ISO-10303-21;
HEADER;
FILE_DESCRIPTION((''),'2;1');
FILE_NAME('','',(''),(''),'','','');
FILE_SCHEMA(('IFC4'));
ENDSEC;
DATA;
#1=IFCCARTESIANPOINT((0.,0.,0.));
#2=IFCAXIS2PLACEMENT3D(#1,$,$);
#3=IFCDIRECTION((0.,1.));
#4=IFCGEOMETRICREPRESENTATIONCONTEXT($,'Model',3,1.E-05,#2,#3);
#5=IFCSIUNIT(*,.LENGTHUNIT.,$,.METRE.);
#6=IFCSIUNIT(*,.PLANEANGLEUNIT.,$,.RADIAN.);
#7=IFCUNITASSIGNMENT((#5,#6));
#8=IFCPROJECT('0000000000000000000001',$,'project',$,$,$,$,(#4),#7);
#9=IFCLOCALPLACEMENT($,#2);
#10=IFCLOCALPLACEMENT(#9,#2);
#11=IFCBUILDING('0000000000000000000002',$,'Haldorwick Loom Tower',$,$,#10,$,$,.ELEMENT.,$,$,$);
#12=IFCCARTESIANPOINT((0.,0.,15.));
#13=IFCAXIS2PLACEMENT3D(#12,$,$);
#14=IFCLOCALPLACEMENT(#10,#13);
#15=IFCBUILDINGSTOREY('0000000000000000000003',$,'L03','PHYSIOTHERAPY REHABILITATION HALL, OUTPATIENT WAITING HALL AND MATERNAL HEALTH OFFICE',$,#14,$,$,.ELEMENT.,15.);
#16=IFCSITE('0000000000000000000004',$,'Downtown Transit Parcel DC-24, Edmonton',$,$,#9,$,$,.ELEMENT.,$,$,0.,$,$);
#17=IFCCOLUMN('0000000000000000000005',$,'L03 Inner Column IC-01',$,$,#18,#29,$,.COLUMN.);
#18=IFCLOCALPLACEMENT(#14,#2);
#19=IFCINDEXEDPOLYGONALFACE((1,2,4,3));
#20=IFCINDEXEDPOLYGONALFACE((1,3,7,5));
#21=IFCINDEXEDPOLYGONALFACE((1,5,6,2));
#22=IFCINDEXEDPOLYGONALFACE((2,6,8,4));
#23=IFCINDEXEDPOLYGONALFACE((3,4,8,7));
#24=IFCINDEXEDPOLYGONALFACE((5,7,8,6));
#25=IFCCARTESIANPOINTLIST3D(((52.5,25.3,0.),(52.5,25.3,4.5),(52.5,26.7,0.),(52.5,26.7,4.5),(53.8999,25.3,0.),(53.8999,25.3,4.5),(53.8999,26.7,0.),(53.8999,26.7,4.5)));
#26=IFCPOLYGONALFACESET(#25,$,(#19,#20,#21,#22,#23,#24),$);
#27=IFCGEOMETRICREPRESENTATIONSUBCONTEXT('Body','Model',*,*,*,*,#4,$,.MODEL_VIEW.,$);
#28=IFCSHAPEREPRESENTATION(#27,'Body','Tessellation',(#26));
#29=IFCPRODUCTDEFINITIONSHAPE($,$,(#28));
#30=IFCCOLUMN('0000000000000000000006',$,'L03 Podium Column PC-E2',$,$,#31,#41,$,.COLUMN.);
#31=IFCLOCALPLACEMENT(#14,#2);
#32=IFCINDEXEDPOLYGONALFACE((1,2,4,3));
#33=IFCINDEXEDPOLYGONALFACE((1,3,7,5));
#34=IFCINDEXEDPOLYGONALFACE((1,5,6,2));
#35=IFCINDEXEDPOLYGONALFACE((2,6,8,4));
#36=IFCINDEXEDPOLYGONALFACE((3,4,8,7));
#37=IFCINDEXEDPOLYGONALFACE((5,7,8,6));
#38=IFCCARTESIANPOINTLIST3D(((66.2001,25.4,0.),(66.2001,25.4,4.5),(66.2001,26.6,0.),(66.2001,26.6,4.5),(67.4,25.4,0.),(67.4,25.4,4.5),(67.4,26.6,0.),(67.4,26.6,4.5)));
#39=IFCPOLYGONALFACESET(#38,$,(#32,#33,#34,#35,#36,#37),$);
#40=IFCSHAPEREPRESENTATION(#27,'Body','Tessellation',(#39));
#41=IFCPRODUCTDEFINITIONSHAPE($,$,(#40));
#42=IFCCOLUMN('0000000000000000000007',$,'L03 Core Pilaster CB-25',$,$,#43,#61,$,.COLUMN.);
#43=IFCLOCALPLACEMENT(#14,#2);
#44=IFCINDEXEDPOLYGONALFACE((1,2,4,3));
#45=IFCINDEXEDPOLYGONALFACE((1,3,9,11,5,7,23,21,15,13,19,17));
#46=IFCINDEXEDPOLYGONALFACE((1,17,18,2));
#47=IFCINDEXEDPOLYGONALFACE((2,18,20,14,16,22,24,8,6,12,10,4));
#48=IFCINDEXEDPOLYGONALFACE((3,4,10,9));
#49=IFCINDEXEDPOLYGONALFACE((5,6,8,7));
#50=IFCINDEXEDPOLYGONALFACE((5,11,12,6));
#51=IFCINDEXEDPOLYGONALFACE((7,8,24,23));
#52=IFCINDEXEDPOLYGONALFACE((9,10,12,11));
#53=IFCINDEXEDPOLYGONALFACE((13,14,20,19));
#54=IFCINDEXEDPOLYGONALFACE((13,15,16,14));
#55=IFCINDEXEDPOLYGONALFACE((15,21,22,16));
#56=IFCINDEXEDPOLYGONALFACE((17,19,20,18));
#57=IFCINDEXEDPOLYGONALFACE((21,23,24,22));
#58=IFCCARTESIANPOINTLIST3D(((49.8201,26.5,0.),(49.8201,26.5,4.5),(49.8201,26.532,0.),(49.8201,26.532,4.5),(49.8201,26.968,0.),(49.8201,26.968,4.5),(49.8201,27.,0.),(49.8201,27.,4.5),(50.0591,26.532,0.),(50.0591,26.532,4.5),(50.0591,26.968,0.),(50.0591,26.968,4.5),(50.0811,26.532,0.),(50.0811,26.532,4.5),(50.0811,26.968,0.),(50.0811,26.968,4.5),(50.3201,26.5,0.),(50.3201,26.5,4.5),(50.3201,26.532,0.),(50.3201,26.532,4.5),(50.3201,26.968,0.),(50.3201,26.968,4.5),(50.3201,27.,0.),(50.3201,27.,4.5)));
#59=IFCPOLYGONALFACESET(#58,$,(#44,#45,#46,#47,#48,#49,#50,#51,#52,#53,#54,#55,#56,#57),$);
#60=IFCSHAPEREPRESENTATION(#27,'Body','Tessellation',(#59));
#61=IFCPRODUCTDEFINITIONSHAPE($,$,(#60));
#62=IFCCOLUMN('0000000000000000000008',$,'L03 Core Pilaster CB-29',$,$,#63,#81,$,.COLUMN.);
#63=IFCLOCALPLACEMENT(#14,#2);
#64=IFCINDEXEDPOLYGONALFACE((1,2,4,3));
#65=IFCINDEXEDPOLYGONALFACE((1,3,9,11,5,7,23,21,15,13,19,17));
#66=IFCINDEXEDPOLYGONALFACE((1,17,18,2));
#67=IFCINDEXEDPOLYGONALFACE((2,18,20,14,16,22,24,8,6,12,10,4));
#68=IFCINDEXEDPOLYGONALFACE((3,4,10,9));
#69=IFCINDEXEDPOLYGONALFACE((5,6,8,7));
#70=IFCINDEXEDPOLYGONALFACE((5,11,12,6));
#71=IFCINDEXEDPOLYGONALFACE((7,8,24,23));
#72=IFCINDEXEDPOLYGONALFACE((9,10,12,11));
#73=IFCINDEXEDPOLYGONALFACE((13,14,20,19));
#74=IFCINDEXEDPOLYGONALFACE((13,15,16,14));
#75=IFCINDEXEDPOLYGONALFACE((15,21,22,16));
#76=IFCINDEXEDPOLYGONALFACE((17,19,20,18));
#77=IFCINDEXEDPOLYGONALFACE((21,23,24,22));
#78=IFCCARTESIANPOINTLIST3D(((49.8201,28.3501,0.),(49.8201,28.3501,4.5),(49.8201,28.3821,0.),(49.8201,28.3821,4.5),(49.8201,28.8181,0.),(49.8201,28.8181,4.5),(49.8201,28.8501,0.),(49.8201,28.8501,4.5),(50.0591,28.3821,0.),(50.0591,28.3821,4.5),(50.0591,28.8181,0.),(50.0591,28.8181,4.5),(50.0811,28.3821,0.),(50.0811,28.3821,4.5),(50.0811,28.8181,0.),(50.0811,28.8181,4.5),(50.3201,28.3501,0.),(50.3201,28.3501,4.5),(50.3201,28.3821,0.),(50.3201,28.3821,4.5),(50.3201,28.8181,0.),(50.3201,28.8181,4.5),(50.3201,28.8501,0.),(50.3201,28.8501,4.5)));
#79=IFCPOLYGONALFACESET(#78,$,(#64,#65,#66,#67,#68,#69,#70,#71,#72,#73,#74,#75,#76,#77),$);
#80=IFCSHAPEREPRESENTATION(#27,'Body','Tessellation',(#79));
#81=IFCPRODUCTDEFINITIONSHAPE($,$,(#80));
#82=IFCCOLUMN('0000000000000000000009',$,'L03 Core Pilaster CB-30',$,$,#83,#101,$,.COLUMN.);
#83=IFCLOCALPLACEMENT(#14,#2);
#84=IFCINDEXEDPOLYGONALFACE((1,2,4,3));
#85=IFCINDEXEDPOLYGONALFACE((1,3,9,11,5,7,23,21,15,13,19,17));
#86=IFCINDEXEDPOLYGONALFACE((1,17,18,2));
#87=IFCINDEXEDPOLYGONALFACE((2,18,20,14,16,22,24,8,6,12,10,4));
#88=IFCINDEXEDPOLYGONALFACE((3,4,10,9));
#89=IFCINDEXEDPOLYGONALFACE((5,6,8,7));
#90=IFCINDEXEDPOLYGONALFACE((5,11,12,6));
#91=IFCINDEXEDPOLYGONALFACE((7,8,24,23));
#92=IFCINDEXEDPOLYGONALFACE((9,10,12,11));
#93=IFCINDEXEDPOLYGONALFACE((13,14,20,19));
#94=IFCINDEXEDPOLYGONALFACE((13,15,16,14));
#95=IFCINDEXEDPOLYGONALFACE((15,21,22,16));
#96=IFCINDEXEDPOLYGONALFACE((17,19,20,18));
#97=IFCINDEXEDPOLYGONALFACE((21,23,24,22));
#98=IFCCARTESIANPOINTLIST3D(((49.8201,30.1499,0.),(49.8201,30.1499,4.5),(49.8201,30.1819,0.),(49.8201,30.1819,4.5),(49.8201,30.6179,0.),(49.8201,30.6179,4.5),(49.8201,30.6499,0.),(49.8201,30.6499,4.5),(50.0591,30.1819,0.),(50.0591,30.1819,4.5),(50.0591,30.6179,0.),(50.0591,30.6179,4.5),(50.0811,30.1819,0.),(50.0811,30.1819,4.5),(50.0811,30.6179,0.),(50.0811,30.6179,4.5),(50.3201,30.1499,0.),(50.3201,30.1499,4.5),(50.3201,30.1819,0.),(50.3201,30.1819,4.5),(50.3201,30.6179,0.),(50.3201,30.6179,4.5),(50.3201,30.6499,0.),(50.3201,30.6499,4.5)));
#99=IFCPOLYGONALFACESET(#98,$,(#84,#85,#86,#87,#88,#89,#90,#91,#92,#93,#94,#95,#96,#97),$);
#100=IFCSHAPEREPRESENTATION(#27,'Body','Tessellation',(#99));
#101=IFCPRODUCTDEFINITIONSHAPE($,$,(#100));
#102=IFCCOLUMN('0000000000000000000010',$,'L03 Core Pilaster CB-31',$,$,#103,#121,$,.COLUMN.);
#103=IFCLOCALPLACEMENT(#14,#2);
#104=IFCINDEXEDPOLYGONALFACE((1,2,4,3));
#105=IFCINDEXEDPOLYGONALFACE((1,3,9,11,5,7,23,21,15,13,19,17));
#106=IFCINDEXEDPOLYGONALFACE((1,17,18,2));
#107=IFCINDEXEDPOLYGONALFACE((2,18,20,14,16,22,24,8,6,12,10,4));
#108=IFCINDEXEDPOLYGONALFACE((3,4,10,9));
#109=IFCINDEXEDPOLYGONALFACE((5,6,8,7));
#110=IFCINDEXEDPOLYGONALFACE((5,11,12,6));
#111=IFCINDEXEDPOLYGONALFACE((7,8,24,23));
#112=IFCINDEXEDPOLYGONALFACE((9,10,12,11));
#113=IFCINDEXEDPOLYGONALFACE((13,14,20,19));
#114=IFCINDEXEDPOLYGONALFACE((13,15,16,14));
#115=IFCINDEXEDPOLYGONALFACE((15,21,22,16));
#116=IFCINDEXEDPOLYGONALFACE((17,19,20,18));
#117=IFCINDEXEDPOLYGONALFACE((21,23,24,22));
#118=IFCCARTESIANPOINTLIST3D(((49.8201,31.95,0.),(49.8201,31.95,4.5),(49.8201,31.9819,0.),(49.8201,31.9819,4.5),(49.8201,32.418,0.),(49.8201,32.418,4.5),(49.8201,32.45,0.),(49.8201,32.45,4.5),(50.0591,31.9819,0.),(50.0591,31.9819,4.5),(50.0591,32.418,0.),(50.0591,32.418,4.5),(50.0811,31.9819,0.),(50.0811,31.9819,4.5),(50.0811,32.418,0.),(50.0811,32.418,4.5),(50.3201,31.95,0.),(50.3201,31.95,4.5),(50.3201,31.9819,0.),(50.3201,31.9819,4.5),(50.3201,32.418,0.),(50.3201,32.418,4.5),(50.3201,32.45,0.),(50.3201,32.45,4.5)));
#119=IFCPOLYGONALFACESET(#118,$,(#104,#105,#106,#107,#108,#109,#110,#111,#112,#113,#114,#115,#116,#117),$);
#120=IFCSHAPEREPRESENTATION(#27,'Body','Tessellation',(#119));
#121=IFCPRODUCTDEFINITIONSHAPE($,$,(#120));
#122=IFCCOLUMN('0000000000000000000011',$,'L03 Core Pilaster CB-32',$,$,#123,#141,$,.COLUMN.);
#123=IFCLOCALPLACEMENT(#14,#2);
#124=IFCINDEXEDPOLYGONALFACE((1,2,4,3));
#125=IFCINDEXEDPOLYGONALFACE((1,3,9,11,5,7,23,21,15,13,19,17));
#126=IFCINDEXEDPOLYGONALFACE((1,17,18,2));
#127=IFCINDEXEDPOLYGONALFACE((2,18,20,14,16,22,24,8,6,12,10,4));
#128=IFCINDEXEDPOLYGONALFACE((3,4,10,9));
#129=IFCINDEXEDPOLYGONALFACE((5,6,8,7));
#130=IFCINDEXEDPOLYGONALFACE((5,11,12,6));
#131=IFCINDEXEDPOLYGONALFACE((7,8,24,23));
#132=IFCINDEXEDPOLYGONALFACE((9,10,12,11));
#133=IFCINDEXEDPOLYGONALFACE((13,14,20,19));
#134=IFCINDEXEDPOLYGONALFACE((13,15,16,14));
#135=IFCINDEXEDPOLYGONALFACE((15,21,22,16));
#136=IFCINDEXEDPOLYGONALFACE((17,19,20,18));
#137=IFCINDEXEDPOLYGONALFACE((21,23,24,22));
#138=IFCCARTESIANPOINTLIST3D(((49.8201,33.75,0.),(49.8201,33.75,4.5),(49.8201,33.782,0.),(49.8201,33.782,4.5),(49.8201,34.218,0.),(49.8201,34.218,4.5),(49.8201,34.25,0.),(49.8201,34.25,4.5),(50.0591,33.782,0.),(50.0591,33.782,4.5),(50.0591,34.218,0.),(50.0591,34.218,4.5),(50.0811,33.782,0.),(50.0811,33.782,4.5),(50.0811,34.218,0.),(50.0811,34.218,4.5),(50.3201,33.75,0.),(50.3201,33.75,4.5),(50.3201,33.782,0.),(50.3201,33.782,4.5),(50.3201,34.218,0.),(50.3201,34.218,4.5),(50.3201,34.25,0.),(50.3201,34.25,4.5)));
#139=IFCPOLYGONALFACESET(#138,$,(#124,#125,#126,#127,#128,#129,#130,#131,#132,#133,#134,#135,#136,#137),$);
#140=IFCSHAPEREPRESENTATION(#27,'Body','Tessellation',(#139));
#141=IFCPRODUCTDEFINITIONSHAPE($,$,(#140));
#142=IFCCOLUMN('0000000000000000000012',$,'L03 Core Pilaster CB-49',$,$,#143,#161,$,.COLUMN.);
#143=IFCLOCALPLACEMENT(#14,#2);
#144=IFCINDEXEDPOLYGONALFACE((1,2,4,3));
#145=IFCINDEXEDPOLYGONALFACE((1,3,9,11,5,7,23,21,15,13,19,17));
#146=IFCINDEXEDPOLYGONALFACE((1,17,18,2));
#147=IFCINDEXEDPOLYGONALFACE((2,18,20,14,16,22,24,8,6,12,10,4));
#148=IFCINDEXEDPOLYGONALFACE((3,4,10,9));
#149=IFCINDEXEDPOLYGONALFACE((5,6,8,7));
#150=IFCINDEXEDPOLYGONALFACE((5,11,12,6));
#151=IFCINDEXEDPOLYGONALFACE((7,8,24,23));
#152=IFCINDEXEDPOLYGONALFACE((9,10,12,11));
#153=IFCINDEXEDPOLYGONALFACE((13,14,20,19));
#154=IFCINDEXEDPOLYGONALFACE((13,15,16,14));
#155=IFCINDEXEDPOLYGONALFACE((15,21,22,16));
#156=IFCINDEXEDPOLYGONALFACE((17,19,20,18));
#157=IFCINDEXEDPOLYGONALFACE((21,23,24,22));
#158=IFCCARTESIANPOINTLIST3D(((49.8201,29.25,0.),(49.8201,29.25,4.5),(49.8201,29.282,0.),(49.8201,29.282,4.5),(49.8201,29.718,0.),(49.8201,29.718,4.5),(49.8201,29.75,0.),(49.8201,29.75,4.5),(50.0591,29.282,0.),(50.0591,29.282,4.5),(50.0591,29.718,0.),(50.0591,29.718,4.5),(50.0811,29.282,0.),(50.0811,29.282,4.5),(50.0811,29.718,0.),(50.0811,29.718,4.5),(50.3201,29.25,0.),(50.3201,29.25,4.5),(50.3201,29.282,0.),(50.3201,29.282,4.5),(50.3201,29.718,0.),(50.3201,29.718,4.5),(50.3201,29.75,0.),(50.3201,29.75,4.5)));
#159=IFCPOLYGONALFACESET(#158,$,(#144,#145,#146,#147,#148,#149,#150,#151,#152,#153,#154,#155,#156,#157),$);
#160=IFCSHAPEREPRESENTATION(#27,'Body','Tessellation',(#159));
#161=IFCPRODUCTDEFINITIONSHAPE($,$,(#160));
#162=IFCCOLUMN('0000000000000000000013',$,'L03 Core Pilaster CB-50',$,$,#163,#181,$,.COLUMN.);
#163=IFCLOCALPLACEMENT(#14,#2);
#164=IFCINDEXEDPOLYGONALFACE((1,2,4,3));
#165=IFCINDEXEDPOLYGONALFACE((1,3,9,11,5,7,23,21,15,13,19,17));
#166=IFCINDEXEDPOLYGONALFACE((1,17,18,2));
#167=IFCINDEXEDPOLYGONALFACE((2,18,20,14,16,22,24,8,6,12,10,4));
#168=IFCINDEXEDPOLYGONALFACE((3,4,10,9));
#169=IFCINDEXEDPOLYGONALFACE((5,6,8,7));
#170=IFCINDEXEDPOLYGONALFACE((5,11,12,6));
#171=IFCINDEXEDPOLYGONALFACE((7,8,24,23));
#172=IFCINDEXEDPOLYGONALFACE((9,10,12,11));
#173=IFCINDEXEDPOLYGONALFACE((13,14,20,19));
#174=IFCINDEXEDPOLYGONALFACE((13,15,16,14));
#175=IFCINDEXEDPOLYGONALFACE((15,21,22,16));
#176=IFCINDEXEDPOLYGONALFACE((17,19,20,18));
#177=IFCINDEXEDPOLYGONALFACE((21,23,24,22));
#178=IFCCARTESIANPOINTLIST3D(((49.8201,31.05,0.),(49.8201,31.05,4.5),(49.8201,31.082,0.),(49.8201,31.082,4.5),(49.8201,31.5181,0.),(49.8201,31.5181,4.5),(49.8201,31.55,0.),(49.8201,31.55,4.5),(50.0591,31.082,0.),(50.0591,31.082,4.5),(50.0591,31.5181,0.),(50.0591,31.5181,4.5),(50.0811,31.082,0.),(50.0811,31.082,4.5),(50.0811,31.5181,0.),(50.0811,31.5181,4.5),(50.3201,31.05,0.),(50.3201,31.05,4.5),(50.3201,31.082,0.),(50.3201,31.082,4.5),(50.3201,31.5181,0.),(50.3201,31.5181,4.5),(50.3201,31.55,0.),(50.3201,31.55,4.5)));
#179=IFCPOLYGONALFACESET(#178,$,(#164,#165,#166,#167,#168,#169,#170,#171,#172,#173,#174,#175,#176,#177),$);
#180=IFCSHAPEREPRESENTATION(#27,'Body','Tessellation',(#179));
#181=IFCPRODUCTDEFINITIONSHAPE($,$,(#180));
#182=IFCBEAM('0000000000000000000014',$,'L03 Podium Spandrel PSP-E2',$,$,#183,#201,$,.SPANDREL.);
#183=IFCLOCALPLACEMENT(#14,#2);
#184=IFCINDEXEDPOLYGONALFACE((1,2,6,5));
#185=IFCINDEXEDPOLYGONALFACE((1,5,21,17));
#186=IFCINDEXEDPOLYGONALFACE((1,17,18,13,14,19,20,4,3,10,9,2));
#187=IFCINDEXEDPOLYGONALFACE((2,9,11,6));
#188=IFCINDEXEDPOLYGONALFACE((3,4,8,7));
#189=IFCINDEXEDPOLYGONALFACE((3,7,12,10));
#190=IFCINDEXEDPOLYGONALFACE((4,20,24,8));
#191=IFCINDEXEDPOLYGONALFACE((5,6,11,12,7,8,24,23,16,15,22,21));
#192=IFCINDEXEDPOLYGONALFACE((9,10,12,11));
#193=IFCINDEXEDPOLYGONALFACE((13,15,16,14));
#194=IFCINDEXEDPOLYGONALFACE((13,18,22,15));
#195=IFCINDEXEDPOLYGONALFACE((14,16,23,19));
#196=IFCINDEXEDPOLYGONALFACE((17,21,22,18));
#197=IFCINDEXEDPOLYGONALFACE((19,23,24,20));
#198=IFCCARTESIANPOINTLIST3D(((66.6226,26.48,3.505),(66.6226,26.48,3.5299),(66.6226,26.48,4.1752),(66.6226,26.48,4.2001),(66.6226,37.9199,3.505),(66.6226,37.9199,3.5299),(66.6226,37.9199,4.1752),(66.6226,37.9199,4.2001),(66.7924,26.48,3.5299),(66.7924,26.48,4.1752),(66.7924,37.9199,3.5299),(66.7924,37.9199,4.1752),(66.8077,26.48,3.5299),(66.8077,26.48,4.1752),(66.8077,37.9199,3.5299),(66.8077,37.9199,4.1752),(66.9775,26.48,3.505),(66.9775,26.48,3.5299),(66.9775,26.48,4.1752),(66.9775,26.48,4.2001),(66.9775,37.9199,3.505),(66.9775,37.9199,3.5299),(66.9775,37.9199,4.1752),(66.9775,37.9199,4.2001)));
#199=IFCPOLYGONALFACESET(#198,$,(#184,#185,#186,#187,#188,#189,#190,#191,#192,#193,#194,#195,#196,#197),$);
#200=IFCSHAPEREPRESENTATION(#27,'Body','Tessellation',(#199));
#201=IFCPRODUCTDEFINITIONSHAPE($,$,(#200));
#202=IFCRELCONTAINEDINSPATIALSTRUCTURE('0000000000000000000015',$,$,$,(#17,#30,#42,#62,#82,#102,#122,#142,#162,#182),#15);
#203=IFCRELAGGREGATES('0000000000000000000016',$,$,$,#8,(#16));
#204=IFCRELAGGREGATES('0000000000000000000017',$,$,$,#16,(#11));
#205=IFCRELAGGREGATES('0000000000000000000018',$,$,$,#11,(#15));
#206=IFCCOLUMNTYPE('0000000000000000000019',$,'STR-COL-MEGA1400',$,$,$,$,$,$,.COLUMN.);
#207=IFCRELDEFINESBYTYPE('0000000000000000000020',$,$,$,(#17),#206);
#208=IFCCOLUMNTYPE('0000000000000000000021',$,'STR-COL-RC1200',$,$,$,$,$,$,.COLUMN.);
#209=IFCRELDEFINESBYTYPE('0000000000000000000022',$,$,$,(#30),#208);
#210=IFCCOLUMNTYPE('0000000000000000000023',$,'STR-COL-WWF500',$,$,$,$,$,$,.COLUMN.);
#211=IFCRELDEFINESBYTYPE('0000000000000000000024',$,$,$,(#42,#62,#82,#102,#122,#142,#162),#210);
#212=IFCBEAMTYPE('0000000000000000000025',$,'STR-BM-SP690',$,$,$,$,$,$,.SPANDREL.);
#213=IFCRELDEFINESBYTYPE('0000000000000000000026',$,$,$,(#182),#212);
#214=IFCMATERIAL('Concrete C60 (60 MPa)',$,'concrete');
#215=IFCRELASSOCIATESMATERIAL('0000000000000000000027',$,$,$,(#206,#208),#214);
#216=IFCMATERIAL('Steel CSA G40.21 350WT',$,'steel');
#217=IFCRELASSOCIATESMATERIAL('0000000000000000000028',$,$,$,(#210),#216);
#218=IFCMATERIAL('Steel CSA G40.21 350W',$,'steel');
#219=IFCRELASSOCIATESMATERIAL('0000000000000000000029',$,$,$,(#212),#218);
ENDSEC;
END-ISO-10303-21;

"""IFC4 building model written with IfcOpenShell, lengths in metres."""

from ifc_helpers import new_model, si_unit, direction, frame, origin, origin_2d, place, context, subcontext, project, spatial, rectangle, i_section, extrude, material, material_profile, profile_set, type_object, element, save


model = new_model("IFC4")

# Units and contexts
model_context = context("Model", 3, precision=1e-05, world=origin(), true_north=direction((0.0, 1.0)))
body_context = subcontext(model_context, "Body", "Model", "MODEL_VIEW")
ifc_project = project(units=[si_unit("LENGTHUNIT", "METRE"), si_unit("PLANEANGLEUNIT", "RADIAN")], contexts=[model_context])

# Site, building, storey
site_placement = place(None, origin())
site = spatial("IfcSite", under=ifc_project, at=site_placement, Name="Downtown Transit Parcel DC-24, Edmonton", CompositionType="ELEMENT", RefElevation=0.0)
building_placement = place(site_placement, origin())
building = spatial("IfcBuilding", under=site, at=building_placement, Name="Haldorwick Loom Tower", CompositionType="ELEMENT")
storey_placement = place(building_placement, frame((0.0, 0.0, 15.0)))
storey = spatial("IfcBuildingStorey", under=building, at=storey_placement, Name="L03", Description="PHYSIOTHERAPY REHABILITATION HALL, OUTPATIENT WAITING HALL AND MATERNAL HEALTH OFFICE", CompositionType="ELEMENT", Elevation=15.0)

# Columns
ifc_material_1 = material(Name="Concrete C60 (60 MPa)", Category="concrete")
ifc_material_profile_1 = material_profile(ifc_material_1, rectangle(XDim=1.3999, YDim=1.3999, at=origin_2d()), Name="RC1400X1400", Category="concrete")
ifc_profile_set_1 = profile_set([ifc_material_profile_1], Name="Concrete C60 (60 MPa)")
column_type_1 = type_object("IfcColumnType", Name="STR-COL-MEGA1400", PredefinedType="COLUMN", material=ifc_profile_set_1)
column_1_placement = place(storey_placement, frame((53.2, 26.0, 0.0), z_axis=(0.0, 0.0, 1.0), x_axis=(1.0, 0.0, 0.0)))
element("IfcColumn", 1, at=column_1_placement, inside=storey, type_object=column_type_1, Name="L03 Inner Column IC-01", PredefinedType="COLUMN", context=body_context, shape_type="SweptSolid", body=[
    extrude(rectangle(XDim=1.3999, YDim=1.3999, at=origin_2d()), origin(), (0.0, 0.0, 1.0), 4.5),
])
ifc_material_profile_2 = material_profile(ifc_material_1, rectangle(XDim=1.2, YDim=1.2, at=origin_2d()), Name="RC1200X1200", Category="concrete")
ifc_profile_set_2 = profile_set([ifc_material_profile_2], Name="Concrete C60 (60 MPa)")
column_type_2 = type_object("IfcColumnType", Name="STR-COL-RC1200", PredefinedType="COLUMN", material=ifc_profile_set_2)
column_2_placement = place(storey_placement, frame((66.8, 26.0, 0.0), z_axis=(0.0, 0.0, 1.0), x_axis=(1.0, 0.0, 0.0)))
element("IfcColumn", 2, at=column_2_placement, inside=storey, type_object=column_type_2, Name="L03 Podium Column PC-E2", PredefinedType="COLUMN", context=body_context, shape_type="SweptSolid", body=[
    extrude(rectangle(XDim=1.2, YDim=1.2, at=origin_2d()), origin(), (0.0, 0.0, 1.0), 4.5),
])
ifc_material_2 = material(Name="Steel CSA G40.21 350WT", Category="steel")
ifc_material_profile_3 = material_profile(ifc_material_2, i_section(OverallWidth=0.5, OverallDepth=0.5, WebThickness=0.022, FlangeThickness=0.032, at=origin_2d()), Name="WWF500X500", Category="steel")
ifc_profile_set_3 = profile_set([ifc_material_profile_3], Name="Steel CSA G40.21 350WT")
column_type_3 = type_object("IfcColumnType", Name="STR-COL-WWF500", PredefinedType="COLUMN", material=ifc_profile_set_3)
for number, where, z_axis, x_axis, name in (
    (3, (50.0701, 26.75, 0.0), (0.0, 0.0, 1.0), (1.0, 0.0, 0.0), "L03 Core Pilaster CB-25"),
    (4, (50.0701, 28.6001, 0.0), (0.0, 0.0, 1.0), (1.0, 0.0, 0.0), "L03 Core Pilaster CB-29"),
    (5, (50.0701, 30.3999, 0.0), (0.0, 0.0, 1.0), (1.0, 0.0, 0.0), "L03 Core Pilaster CB-30"),
    (6, (50.0701, 32.2, 0.0), (0.0, 0.0, 1.0), (1.0, 0.0, 0.0), "L03 Core Pilaster CB-31"),
    (7, (50.0701, 34.0, 0.0), (0.0, 0.0, 1.0), (1.0, 0.0, 0.0), "L03 Core Pilaster CB-32"),
    (8, (50.0701, 29.5, 0.0), (0.0, 0.0, 1.0), (1.0, 0.0, 0.0), "L03 Core Pilaster CB-49"),
    (9, (50.0701, 31.3, 0.0), (0.0, 0.0, 1.0), (1.0, 0.0, 0.0), "L03 Core Pilaster CB-50"),
):
    element("IfcColumn", number, at=place(storey_placement, frame(where, z_axis=z_axis, x_axis=x_axis)), inside=storey, type_object=column_type_3, Name=name, PredefinedType="COLUMN", context=body_context, shape_type="SweptSolid", body=[
        extrude(i_section(OverallWidth=0.5, OverallDepth=0.5, WebThickness=0.022, FlangeThickness=0.032, at=origin_2d()), origin(), (0.0, 0.0, 1.0), 4.5),
    ])

# Beam
ifc_material_3 = material(Name="Steel CSA G40.21 350W", Category="steel")
ifc_material_profile_4 = material_profile(ifc_material_3, i_section(OverallWidth=0.355, OverallDepth=0.6951, WebThickness=0.0154, FlangeThickness=0.0249, at=origin_2d()), Name="W690X217", Category="steel")
ifc_profile_set_4 = profile_set([ifc_material_profile_4], Name="Steel CSA G40.21 350W")
beam_type_1 = type_object("IfcBeamType", Name="STR-BM-SP690", PredefinedType="SPANDREL", material=ifc_profile_set_4)
beam_1_placement = place(storey_placement, frame((66.8, 26.48, 3.8525), z_axis=(0.0, 1.0, 0.0), x_axis=(-1.0, 0.0, 0.0)))
element("IfcBeam", 10, at=beam_1_placement, inside=storey, type_object=beam_type_1, Name="L03 Podium Spandrel PSP-E2", PredefinedType="SPANDREL", context=body_context, shape_type="SweptSolid", body=[
    extrude(i_section(OverallWidth=0.355, OverallDepth=0.6951, WebThickness=0.0154, FlangeThickness=0.0249, at=origin_2d()), origin(), (0.0, 0.0, 1.0), 11.4399),
])

save(model, "model.ifc")
